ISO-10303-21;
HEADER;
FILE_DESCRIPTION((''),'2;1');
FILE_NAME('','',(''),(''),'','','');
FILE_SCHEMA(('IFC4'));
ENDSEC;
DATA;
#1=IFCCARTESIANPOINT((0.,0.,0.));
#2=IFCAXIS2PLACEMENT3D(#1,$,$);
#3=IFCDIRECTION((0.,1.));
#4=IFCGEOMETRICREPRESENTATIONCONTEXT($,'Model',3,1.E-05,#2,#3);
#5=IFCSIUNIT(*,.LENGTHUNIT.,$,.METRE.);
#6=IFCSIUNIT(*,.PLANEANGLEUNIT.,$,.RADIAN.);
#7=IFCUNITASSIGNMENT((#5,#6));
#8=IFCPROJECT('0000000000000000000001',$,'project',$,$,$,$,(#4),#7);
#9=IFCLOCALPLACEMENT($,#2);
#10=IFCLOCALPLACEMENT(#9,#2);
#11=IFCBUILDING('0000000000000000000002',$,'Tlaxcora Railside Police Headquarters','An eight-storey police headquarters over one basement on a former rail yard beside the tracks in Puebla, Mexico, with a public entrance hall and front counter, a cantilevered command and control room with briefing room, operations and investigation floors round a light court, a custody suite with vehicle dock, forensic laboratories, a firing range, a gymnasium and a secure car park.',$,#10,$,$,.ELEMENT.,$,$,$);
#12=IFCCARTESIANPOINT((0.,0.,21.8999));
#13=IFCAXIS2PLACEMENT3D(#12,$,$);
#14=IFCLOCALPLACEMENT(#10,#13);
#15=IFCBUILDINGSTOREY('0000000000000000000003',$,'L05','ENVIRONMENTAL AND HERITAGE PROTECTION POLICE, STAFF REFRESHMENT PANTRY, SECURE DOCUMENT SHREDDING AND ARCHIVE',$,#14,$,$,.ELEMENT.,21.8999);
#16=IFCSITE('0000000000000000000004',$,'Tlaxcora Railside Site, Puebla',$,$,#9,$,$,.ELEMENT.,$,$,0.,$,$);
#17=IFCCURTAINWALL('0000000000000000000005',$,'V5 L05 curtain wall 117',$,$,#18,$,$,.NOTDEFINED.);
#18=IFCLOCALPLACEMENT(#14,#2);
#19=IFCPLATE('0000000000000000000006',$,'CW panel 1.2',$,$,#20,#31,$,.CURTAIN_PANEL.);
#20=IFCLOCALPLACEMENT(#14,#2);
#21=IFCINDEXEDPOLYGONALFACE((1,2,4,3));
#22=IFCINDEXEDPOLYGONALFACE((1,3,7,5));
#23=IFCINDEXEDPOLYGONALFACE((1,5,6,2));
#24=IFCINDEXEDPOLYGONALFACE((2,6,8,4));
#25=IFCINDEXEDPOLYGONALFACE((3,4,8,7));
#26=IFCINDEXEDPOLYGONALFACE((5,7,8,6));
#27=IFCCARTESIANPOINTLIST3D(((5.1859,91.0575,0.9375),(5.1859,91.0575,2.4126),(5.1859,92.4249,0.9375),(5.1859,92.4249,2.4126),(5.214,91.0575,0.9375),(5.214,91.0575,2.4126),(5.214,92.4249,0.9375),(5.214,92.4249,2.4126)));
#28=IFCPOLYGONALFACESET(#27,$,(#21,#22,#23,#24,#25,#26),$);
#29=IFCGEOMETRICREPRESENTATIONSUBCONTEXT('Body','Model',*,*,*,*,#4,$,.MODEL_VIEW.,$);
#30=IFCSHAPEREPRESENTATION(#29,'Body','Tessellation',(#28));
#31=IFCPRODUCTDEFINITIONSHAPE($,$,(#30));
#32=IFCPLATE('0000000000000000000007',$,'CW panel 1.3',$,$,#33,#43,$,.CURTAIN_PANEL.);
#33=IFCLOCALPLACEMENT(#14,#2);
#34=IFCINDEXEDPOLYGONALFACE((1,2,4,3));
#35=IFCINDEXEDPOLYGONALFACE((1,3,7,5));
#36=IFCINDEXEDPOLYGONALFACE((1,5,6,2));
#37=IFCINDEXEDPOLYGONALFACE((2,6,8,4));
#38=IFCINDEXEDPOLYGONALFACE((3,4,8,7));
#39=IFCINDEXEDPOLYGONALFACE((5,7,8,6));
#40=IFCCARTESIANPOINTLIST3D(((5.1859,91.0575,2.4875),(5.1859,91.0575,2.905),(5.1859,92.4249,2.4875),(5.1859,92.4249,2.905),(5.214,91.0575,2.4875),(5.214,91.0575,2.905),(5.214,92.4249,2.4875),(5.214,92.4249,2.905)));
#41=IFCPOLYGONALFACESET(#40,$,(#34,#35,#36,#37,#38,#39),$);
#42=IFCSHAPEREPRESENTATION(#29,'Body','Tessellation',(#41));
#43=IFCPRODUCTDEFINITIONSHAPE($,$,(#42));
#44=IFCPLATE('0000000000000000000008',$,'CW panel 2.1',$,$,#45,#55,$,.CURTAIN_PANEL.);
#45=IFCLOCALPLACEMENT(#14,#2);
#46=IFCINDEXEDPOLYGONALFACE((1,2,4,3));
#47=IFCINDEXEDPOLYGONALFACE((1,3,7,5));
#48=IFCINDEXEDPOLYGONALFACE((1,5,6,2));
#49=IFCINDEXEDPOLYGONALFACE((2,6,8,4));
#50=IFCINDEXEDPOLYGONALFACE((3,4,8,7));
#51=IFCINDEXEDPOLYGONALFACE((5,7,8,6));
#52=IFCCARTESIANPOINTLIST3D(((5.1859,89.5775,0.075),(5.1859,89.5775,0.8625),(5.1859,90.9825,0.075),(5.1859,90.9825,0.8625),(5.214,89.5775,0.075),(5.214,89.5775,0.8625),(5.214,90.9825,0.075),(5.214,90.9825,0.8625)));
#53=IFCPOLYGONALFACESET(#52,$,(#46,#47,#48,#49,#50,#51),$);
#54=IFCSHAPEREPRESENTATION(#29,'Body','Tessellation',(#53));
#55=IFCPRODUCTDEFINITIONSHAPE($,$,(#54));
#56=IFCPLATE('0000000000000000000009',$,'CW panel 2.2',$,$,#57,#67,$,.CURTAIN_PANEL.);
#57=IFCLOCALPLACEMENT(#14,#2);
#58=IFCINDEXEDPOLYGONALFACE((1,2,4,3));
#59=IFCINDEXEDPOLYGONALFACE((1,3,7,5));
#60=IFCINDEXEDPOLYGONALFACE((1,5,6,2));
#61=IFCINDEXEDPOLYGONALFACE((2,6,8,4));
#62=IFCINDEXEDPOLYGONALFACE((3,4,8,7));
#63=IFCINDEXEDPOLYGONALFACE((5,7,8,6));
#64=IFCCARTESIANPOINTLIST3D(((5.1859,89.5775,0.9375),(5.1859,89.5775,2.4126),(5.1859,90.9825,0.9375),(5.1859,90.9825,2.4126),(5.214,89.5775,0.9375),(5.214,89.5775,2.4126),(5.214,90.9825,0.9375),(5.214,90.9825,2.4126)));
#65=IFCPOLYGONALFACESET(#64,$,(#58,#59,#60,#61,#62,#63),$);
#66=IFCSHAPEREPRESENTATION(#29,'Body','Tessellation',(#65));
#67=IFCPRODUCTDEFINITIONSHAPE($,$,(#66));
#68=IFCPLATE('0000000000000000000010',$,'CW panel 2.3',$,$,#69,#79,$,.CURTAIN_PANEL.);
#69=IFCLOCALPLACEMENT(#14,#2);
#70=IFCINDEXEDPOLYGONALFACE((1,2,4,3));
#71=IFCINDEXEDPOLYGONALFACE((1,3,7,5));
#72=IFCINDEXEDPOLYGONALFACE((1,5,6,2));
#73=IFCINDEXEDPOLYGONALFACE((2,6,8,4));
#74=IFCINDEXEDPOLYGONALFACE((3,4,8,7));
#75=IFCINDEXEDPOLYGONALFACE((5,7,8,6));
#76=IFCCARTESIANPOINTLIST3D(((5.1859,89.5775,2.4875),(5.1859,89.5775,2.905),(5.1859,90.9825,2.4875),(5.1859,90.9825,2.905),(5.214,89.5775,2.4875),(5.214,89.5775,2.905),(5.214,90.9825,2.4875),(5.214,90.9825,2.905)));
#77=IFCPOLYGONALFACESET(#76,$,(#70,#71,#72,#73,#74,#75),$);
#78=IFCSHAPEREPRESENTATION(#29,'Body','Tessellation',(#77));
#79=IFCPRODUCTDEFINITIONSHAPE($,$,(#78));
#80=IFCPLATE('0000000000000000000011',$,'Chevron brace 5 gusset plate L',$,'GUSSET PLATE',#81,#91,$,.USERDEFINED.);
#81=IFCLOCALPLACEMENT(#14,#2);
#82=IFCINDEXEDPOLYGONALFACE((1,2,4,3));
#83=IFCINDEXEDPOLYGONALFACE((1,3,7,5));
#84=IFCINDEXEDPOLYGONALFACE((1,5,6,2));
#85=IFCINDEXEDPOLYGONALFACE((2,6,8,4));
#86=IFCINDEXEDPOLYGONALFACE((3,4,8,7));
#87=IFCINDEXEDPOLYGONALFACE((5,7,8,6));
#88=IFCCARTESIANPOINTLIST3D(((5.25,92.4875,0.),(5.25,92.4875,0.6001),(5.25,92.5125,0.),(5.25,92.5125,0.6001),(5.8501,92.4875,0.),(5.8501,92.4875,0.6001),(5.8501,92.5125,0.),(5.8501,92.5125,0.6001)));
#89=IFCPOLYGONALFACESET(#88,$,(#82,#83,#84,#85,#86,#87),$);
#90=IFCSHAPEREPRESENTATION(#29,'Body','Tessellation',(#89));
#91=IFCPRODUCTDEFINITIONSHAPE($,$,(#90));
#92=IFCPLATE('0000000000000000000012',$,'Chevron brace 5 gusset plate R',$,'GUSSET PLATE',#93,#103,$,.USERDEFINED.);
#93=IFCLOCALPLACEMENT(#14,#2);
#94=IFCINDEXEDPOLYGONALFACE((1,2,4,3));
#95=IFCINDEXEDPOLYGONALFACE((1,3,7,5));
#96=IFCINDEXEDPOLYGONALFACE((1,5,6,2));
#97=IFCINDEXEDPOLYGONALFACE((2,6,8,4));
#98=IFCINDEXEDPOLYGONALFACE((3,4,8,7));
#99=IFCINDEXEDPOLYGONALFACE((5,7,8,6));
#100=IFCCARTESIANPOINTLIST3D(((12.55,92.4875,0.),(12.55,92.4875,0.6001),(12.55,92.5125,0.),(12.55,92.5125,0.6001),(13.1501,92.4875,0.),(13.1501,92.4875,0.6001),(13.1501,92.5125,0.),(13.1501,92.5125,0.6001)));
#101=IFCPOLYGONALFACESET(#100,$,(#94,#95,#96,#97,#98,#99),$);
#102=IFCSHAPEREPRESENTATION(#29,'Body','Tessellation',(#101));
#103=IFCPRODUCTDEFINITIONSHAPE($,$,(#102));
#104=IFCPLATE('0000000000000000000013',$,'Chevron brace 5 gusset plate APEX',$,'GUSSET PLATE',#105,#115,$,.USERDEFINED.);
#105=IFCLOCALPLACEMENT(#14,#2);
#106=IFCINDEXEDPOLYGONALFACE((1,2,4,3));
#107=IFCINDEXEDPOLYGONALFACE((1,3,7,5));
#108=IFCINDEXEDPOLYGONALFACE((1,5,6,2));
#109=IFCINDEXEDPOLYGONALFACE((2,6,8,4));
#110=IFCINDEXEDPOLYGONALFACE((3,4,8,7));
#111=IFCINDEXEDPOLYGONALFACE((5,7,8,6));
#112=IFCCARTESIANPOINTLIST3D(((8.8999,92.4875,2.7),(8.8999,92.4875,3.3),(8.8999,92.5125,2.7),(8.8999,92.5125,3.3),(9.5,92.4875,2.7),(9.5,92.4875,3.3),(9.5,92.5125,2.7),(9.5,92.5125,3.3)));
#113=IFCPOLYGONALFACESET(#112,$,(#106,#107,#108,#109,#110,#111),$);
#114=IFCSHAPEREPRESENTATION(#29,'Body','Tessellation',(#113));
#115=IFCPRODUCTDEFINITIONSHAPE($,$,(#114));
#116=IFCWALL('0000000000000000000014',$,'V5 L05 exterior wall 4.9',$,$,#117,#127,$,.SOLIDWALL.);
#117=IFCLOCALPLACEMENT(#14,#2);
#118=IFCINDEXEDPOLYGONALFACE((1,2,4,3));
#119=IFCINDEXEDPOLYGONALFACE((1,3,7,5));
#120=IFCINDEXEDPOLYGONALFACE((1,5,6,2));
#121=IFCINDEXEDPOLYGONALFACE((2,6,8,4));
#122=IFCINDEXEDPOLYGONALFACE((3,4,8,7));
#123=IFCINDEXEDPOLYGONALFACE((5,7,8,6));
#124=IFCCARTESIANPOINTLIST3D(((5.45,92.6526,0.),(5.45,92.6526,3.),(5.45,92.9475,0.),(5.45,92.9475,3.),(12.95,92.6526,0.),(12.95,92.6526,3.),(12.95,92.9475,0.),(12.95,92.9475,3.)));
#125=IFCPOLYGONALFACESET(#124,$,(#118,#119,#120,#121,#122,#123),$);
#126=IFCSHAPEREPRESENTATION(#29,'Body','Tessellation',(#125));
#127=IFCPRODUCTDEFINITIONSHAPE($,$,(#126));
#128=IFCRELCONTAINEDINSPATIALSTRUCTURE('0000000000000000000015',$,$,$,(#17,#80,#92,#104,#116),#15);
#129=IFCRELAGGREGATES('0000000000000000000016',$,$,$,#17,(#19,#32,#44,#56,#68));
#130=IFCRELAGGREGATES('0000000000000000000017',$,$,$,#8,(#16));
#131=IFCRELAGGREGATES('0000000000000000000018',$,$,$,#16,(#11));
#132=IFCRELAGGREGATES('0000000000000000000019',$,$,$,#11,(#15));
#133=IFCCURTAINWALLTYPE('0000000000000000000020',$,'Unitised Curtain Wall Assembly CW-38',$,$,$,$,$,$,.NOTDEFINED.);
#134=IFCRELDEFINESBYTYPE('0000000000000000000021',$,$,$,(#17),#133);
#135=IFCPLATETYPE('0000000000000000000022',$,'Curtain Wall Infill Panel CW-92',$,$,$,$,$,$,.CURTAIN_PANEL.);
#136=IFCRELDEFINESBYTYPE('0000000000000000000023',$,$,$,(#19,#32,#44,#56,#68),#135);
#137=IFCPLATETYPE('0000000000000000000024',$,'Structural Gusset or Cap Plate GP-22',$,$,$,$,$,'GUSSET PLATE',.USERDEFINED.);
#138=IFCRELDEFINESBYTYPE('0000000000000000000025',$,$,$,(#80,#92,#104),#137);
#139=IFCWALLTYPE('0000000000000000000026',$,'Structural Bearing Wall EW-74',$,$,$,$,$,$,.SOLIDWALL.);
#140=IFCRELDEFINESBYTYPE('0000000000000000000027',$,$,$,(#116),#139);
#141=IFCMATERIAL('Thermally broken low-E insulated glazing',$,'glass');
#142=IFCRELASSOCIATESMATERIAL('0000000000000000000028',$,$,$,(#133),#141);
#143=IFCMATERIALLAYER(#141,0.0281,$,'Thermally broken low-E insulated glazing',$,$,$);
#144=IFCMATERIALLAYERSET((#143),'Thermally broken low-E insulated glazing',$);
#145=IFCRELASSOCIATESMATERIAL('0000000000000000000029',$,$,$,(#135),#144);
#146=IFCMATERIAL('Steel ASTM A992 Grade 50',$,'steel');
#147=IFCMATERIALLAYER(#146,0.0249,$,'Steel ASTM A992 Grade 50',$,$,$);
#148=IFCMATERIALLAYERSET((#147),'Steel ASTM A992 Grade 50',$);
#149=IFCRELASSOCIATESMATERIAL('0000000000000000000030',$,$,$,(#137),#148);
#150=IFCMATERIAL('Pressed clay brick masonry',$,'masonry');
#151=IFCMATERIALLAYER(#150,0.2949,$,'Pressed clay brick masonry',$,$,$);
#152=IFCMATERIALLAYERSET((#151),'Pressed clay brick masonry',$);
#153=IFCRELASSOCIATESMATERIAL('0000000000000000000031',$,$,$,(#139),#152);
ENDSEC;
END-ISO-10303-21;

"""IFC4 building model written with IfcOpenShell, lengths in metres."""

from ifc_helpers import new_model, si_unit, direction, frame, frame_2d, origin, origin_2d, place, context, subcontext, project, spatial, rectangle, extrude, material, layer, layer_set, type_object, element, aggregate, save


model = new_model("IFC4")

# Units and contexts
model_context = context("Model", 3, precision=1e-05, world=origin(), true_north=direction((0.0, 1.0)))
body_context = subcontext(model_context, "Body", "Model", "MODEL_VIEW")
ifc_project = project(units=[si_unit("LENGTHUNIT", "METRE"), si_unit("PLANEANGLEUNIT", "RADIAN")], contexts=[model_context])

# Site, building, storey
site_placement = place(None, origin())
site = spatial("IfcSite", under=ifc_project, at=site_placement, Name="Tlaxcora Railside Site, Puebla", CompositionType="ELEMENT", RefElevation=0.0)
building_placement = place(site_placement, origin())
building = spatial("IfcBuilding", under=site, at=building_placement, Name="Tlaxcora Railside Police Headquarters", Description="An eight-storey police headquarters over one basement on a former rail yard beside the tracks in Puebla, Mexico, with a public entrance hall and front counter, a cantilevered command and control room with briefing room, operations and investigation floors round a light court, a custody suite with vehicle dock, forensic laboratories, a firing range, a gymnasium and a secure car park.", CompositionType="ELEMENT")
storey_placement = place(building_placement, frame((0.0, 0.0, 21.8999)))
storey = spatial("IfcBuildingStorey", under=building, at=storey_placement, Name="L05", Description="ENVIRONMENTAL AND HERITAGE PROTECTION POLICE, STAFF REFRESHMENT PANTRY, SECURE DOCUMENT SHREDDING AND ARCHIVE", CompositionType="ELEMENT", Elevation=21.8999)

# Curtain wall
ifc_material_1 = material(Name="Thermally broken low-E insulated glazing", Category="glass")
curtain_wall_type = type_object("IfcCurtainWallType", Name="Unitised Curtain Wall Assembly CW-38", PredefinedType="NOTDEFINED", material=ifc_material_1)
curtain_wall_placement = place(storey_placement, origin())
curtain_wall = element("IfcCurtainWall", 1, at=curtain_wall_placement, inside=storey, type_object=curtain_wall_type, Name="V5 L05 curtain wall 117", PredefinedType="NOTDEFINED")

# Shared definitions
ifc_material_2 = material(Name="Steel ASTM A992 Grade 50", Category="steel")

# Plates
ifc_layer_1 = layer(ifc_material_1, 0.0281, Name="Thermally broken low-E insulated glazing")
ifc_layer_set_1 = layer_set([ifc_layer_1], Name="Thermally broken low-E insulated glazing")
plate_type_1 = type_object("IfcPlateType", Name="Curtain Wall Infill Panel CW-92", PredefinedType="CURTAIN_PANEL", material=ifc_layer_set_1)
plate_1_placement = place(storey_placement, frame((5.2, 91.7412, 0.9375), z_axis=(0.0, 0.0, 1.0), x_axis=(0.0, -1.0, 0.0)))
plate_1 = element("IfcPlate", 2, at=plate_1_placement, type_object=plate_type_1, Name="CW panel 1.2", PredefinedType="CURTAIN_PANEL", context=body_context, shape_type="SweptSolid", body=[
    extrude(rectangle(XDim=1.3674, YDim=0.0281, at=origin_2d()), origin(), (0.0, 0.0, 1.0), 1.4751),
])
plate_2_placement = place(storey_placement, frame((5.2, 91.7412, 2.4875), z_axis=(0.0, 0.0, 1.0), x_axis=(0.0, -1.0, 0.0)))
plate_2 = element("IfcPlate", 3, at=plate_2_placement, type_object=plate_type_1, Name="CW panel 1.3", PredefinedType="CURTAIN_PANEL", context=body_context, shape_type="SweptSolid", body=[
    extrude(rectangle(XDim=1.3674, YDim=0.0281, at=origin_2d()), origin(), (0.0, 0.0, 1.0), 0.4175),
])
plate_3_placement = place(storey_placement, frame((5.2, 90.28, 0.075), z_axis=(0.0, 0.0, 1.0), x_axis=(0.0, -1.0, 0.0)))
plate_3 = element("IfcPlate", 4, at=plate_3_placement, type_object=plate_type_1, Name="CW panel 2.1", PredefinedType="CURTAIN_PANEL", context=body_context, shape_type="SweptSolid", body=[
    extrude(rectangle(XDim=1.405, YDim=0.0281, at=origin_2d()), origin(), (0.0, 0.0, 1.0), 0.7876),
])
plate_4_placement = place(storey_placement, frame((5.2, 90.28, 0.9375), z_axis=(0.0, 0.0, 1.0), x_axis=(0.0, -1.0, 0.0)))
plate_4 = element("IfcPlate", 5, at=plate_4_placement, type_object=plate_type_1, Name="CW panel 2.2", PredefinedType="CURTAIN_PANEL", context=body_context, shape_type="SweptSolid", body=[
    extrude(rectangle(XDim=1.405, YDim=0.0281, at=origin_2d()), origin(), (0.0, 0.0, 1.0), 1.4751),
])
plate_5_placement = place(storey_placement, frame((5.2, 90.28, 2.4875), z_axis=(0.0, 0.0, 1.0), x_axis=(0.0, -1.0, 0.0)))
plate_5 = element("IfcPlate", 6, at=plate_5_placement, type_object=plate_type_1, Name="CW panel 2.3", PredefinedType="CURTAIN_PANEL", context=body_context, shape_type="SweptSolid", body=[
    extrude(rectangle(XDim=1.405, YDim=0.0281, at=origin_2d()), origin(), (0.0, 0.0, 1.0), 0.4175),
])
aggregate(curtain_wall, [plate_1, plate_2, plate_3, plate_4, plate_5])

# Plates
ifc_layer_2 = layer(ifc_material_2, 0.0249, Name="Steel ASTM A992 Grade 50")
ifc_layer_set_2 = layer_set([ifc_layer_2], Name="Steel ASTM A992 Grade 50")
plate_type_2 = type_object("IfcPlateType", Name="Structural Gusset or Cap Plate GP-22", ElementType="GUSSET PLATE", PredefinedType="USERDEFINED", material=ifc_layer_set_2)
for number, where, z_axis, x_axis, name in (
    (7, (5.55, 92.5, 0.0), (0.0, 0.0, 1.0), (1.0, 0.0, 0.0), "Chevron brace 5 gusset plate L"),
    (8, (12.8501, 92.5, 0.0), (0.0, 0.0, 1.0), (1.0, 0.0, 0.0), "Chevron brace 5 gusset plate R"),
    (9, (9.2, 92.5, 2.7), (0.0, 0.0, 1.0), (1.0, 0.0, 0.0), "Chevron brace 5 gusset plate APEX"),
):
    element("IfcPlate", number, at=place(storey_placement, frame(where, z_axis=z_axis, x_axis=x_axis)), inside=storey, type_object=plate_type_2, Name=name, ObjectType="GUSSET PLATE", PredefinedType="USERDEFINED", context=body_context, shape_type="SweptSolid", body=[
        extrude(rectangle(XDim=0.6001, YDim=0.0249, at=origin_2d()), origin(), (0.0, 0.0, 1.0), 0.6001),
    ])

# Wall
ifc_material_3 = material(Name="Pressed clay brick masonry", Category="masonry")
ifc_layer_3 = layer(ifc_material_3, 0.2949, Name="Pressed clay brick masonry")
ifc_layer_set_3 = layer_set([ifc_layer_3], Name="Pressed clay brick masonry")
wall_type = type_object("IfcWallType", Name="Structural Bearing Wall EW-74", PredefinedType="SOLIDWALL", material=ifc_layer_set_3)
wall_placement = place(storey_placement, frame((12.95, 92.8, 0.0), z_axis=(0.0, 0.0, 1.0), x_axis=(-1.0, 0.0, 0.0)))
element("IfcWall", 10, at=wall_placement, inside=storey, type_object=wall_type, Name="V5 L05 exterior wall 4.9", PredefinedType="SOLIDWALL", context=body_context, shape_type="SweptSolid", body=[
    extrude(rectangle(XDim=7.5, YDim=0.2949, at=frame_2d((3.75, 0.0))), origin(), (0.0, 0.0, 1.0), 3.0),
])

save(model, "model.ifc")
